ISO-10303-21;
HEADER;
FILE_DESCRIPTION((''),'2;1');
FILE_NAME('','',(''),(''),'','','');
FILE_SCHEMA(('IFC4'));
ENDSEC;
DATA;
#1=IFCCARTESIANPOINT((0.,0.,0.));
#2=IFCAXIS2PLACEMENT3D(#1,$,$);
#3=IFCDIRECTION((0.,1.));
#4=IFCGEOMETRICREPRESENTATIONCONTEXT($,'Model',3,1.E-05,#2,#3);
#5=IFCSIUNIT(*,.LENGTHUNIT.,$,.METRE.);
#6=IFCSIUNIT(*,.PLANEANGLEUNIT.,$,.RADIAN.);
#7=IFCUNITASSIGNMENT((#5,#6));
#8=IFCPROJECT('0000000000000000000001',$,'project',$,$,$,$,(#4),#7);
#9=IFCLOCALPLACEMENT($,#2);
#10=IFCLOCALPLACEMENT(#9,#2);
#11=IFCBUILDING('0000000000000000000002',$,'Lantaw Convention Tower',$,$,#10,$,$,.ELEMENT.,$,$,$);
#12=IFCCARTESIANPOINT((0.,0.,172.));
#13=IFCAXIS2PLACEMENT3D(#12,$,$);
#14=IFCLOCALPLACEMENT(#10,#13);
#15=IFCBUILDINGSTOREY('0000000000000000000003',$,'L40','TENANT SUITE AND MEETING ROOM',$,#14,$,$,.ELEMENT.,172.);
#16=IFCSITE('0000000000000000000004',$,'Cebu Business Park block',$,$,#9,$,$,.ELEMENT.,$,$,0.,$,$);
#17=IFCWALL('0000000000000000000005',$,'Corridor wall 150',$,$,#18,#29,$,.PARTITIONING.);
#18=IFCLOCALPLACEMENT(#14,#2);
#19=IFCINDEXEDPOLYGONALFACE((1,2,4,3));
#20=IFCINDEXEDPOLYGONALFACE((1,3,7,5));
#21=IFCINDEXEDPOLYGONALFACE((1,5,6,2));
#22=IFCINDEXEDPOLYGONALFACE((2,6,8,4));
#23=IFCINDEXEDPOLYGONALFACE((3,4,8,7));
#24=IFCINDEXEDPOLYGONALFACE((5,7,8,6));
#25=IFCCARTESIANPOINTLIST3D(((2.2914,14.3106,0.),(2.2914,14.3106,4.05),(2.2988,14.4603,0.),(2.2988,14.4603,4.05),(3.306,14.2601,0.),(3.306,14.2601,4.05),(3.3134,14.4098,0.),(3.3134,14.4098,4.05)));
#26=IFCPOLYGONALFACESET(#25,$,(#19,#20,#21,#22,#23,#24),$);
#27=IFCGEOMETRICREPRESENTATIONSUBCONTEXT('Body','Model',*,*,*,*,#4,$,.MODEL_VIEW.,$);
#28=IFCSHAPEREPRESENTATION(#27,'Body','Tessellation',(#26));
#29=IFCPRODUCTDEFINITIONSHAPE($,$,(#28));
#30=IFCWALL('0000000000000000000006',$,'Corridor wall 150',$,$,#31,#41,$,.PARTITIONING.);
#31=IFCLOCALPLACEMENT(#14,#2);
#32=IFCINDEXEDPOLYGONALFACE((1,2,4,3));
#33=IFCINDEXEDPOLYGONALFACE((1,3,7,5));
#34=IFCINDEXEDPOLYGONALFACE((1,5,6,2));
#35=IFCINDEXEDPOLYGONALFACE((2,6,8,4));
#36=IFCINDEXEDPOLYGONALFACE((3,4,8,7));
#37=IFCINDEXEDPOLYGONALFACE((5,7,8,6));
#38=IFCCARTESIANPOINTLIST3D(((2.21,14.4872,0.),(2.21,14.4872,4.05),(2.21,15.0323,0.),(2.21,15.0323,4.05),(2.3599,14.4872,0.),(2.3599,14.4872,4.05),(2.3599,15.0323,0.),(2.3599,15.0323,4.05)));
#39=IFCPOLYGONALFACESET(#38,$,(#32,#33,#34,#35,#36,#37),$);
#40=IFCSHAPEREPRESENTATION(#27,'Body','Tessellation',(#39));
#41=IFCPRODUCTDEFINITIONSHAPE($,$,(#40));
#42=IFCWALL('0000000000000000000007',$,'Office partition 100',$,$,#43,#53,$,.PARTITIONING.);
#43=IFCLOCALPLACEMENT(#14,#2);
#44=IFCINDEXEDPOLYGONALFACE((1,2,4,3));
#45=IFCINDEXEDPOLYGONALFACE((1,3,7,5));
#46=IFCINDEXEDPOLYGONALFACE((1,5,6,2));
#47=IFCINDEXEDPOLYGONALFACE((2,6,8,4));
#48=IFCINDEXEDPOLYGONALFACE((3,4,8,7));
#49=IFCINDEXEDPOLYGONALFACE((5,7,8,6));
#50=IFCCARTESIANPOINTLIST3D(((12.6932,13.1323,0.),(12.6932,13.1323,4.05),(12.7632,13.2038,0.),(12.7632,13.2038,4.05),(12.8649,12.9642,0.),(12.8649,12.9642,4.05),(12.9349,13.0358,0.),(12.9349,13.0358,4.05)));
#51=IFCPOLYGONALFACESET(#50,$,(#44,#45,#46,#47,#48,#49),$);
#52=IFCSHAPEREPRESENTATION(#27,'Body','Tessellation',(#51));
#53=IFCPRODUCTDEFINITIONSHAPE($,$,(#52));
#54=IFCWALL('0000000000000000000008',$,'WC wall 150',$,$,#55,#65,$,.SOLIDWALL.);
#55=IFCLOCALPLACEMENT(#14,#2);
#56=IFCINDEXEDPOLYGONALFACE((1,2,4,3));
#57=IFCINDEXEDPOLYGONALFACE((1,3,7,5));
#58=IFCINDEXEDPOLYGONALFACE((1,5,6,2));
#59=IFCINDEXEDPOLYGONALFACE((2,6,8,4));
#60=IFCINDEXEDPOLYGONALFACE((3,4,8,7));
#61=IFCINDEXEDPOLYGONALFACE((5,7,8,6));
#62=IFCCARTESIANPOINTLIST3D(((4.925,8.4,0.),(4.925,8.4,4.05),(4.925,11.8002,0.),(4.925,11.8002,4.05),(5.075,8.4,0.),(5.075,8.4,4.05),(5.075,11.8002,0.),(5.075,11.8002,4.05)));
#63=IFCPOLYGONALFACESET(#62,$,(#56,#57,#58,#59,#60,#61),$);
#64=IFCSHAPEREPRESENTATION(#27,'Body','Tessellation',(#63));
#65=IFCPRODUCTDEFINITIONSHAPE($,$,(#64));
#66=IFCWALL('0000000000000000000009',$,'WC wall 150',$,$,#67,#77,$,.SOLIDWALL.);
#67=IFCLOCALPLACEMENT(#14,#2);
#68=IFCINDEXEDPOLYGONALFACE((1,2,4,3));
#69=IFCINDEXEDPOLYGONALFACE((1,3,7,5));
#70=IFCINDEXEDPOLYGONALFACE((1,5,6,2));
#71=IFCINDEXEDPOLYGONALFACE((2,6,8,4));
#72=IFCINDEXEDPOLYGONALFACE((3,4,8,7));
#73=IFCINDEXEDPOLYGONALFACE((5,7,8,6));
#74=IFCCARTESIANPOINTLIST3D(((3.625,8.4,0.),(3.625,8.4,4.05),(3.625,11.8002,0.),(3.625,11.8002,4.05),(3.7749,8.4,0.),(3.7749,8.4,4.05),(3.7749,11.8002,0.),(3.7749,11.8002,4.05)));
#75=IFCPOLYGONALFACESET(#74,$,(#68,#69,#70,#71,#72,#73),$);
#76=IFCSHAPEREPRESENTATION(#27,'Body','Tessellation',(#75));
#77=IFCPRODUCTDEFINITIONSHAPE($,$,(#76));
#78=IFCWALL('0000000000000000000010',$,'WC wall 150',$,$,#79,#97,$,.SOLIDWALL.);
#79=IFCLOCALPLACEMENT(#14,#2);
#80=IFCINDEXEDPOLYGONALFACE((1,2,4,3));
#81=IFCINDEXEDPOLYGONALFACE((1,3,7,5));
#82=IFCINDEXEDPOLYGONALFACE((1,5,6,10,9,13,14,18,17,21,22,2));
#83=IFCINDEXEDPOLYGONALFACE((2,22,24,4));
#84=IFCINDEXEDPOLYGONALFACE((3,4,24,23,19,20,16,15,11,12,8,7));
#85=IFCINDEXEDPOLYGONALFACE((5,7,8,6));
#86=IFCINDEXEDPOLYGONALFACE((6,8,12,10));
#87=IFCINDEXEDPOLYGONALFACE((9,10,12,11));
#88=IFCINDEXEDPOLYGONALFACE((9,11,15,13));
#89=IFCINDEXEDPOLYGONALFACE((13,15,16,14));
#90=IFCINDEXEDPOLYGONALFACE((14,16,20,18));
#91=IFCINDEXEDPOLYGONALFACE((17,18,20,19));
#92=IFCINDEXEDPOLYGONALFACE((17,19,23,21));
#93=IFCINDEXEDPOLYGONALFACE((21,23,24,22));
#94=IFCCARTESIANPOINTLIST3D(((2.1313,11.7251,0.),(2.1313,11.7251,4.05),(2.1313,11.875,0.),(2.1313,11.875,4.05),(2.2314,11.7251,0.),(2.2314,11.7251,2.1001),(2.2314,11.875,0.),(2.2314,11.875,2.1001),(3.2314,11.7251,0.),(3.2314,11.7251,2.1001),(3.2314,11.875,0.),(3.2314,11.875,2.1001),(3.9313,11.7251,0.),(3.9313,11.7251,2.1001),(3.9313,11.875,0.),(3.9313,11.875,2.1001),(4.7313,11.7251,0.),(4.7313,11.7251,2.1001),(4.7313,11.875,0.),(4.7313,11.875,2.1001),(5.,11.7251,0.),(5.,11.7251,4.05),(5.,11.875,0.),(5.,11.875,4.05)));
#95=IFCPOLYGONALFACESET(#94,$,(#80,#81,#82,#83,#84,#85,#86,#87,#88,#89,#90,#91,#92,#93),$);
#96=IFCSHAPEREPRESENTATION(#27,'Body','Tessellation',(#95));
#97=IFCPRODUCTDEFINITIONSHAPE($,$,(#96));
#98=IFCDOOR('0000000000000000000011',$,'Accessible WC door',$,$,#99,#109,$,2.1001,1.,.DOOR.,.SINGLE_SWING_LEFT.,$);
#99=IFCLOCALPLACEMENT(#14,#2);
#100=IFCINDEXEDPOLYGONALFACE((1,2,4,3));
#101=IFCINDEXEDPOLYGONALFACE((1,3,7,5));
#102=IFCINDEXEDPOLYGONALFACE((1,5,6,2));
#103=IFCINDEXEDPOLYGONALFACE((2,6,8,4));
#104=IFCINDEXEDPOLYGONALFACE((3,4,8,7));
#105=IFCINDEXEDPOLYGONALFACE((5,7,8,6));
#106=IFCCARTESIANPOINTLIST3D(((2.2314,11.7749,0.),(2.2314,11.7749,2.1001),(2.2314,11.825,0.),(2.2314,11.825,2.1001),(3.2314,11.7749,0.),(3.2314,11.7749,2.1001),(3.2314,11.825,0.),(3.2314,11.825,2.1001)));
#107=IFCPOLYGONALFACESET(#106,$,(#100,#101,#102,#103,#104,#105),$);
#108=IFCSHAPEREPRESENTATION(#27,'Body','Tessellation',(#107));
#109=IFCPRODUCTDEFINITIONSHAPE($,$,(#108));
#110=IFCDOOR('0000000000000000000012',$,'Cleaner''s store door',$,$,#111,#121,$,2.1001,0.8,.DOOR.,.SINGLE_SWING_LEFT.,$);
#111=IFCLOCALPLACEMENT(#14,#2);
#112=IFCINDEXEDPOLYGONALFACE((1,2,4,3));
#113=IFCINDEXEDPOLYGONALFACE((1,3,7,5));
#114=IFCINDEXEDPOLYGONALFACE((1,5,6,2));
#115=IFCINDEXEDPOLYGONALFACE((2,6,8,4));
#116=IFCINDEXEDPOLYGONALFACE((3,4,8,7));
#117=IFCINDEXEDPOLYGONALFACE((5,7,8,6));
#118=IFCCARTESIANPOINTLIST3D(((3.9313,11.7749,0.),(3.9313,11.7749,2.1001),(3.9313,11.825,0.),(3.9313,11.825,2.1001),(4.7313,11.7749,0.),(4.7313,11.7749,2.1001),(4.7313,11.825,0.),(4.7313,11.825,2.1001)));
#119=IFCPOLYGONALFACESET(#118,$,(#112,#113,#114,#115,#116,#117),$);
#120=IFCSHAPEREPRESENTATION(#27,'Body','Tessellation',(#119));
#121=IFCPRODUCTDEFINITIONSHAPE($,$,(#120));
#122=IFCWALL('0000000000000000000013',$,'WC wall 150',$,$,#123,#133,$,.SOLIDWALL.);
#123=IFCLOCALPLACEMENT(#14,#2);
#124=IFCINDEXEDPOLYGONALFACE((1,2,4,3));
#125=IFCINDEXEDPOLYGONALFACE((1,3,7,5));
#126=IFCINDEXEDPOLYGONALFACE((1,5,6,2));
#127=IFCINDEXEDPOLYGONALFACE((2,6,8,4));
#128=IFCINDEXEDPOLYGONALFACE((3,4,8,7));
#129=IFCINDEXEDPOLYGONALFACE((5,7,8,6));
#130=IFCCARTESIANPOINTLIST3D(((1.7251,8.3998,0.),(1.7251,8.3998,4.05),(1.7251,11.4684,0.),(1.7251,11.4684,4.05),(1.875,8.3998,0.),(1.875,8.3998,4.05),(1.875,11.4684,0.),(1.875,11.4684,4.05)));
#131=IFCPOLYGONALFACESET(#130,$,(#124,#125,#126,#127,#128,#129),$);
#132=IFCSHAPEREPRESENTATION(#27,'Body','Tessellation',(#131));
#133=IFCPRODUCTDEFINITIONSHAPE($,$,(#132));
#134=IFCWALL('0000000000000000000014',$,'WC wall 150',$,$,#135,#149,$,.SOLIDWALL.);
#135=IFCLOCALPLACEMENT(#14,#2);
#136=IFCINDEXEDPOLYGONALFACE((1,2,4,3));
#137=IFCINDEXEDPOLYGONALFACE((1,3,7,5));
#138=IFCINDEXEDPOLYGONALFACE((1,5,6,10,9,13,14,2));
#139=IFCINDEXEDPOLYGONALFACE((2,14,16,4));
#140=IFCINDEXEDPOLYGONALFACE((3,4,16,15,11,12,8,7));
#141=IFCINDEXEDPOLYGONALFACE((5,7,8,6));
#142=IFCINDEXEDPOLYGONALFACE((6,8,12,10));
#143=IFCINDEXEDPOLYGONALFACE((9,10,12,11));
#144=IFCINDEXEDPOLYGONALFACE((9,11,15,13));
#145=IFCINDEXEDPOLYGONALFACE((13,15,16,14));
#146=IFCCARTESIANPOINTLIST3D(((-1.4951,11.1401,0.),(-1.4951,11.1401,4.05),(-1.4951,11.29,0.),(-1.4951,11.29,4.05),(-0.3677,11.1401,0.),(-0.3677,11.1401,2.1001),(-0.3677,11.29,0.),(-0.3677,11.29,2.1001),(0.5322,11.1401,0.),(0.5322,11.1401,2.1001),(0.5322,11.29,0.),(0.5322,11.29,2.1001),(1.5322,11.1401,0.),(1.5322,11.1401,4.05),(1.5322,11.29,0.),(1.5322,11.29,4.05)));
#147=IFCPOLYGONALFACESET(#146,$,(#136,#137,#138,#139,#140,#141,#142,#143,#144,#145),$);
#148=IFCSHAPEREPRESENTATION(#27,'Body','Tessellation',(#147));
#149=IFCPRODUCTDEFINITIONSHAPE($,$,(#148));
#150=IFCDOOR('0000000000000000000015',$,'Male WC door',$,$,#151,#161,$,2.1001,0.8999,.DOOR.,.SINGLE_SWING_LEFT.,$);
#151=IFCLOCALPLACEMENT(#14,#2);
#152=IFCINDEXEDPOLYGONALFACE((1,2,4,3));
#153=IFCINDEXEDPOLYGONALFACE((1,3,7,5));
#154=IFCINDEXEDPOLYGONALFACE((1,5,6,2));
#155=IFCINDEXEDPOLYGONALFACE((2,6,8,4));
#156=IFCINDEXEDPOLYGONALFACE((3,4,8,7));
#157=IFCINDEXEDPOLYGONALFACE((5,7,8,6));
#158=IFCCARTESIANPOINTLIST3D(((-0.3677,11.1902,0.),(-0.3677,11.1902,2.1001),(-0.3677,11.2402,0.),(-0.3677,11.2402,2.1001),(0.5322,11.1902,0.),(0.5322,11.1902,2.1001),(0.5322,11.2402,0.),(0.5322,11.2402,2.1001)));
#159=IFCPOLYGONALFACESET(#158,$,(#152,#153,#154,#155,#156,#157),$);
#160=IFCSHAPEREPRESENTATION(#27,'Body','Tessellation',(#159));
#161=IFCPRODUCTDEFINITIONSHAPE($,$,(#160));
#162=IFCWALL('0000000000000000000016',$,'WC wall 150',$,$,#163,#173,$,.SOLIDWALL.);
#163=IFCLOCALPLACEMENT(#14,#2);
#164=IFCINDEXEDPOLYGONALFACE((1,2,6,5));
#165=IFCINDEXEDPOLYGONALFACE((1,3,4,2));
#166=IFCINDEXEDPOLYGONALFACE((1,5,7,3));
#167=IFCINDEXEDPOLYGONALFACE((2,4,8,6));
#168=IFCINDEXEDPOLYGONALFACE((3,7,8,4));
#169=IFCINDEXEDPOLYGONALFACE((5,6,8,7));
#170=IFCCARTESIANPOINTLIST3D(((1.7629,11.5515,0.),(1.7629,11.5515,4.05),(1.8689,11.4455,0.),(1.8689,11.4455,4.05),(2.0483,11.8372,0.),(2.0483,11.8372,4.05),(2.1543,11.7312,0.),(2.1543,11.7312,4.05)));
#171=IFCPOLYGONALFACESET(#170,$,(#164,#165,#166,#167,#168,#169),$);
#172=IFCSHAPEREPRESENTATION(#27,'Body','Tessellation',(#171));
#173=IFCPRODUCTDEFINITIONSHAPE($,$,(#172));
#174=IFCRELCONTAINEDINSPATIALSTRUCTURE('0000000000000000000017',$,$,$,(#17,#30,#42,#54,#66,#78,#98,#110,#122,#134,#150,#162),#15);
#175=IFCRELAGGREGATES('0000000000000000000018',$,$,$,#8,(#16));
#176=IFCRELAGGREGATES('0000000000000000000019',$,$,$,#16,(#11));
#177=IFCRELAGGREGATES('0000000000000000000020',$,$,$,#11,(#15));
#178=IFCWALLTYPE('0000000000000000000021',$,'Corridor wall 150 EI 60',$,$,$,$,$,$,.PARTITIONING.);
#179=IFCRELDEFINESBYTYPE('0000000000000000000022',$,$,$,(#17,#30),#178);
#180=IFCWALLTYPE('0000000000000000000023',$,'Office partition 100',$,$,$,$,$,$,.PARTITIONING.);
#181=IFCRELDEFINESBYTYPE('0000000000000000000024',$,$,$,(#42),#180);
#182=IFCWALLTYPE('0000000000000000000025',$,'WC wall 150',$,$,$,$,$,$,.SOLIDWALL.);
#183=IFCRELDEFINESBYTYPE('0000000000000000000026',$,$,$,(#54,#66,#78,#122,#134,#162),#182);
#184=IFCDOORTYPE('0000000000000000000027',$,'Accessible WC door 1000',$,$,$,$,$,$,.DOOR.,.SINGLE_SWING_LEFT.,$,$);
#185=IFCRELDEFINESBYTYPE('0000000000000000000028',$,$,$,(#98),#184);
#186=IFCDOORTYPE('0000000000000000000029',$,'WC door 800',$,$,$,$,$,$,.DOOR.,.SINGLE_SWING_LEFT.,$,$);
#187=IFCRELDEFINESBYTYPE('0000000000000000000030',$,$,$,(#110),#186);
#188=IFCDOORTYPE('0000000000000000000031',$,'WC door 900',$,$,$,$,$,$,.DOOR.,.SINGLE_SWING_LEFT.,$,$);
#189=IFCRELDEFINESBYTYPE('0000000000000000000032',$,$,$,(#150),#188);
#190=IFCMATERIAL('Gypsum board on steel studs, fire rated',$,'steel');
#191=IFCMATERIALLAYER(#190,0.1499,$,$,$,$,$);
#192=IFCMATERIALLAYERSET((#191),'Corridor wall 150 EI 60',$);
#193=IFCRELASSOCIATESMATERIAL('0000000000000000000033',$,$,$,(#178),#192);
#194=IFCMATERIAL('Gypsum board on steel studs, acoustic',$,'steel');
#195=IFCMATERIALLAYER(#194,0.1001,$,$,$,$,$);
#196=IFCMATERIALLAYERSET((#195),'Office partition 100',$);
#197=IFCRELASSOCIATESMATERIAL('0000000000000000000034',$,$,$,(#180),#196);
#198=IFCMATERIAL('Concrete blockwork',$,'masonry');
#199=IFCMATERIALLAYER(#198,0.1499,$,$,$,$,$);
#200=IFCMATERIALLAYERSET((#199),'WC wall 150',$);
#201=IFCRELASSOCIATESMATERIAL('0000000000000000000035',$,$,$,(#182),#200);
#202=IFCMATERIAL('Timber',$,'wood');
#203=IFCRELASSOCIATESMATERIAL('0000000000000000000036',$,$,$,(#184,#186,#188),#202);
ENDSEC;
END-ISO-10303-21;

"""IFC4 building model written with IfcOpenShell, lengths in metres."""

from ifc_helpers import new_model, si_unit, direction, frame, frame_2d, origin, place, context, subcontext, project, spatial, rectangle, extrude, material, layer, layer_set, type_object, element, fill, save


model = new_model("IFC4")

# Units and contexts
model_context = context("Model", 3, precision=1e-05, world=origin(), true_north=direction((0.0, 1.0)))
body_context = subcontext(model_context, "Body", "Model", "MODEL_VIEW")
ifc_project = project(units=[si_unit("LENGTHUNIT", "METRE"), si_unit("PLANEANGLEUNIT", "RADIAN")], contexts=[model_context])

# Site, building, storey
site_placement = place(None, origin())
site = spatial("IfcSite", under=ifc_project, at=site_placement, Name="Cebu Business Park block", CompositionType="ELEMENT", RefElevation=0.0)
building_placement = place(site_placement, origin())
building = spatial("IfcBuilding", under=site, at=building_placement, Name="Lantaw Convention Tower", CompositionType="ELEMENT")
storey_placement = place(building_placement, frame((0.0, 0.0, 172.0)))
storey = spatial("IfcBuildingStorey", under=building, at=storey_placement, Name="L40", Description="TENANT SUITE AND MEETING ROOM", CompositionType="ELEMENT", Elevation=172.0)

# Shared definitions
ifc_material_1 = material(Name="Gypsum board on steel studs, fire rated", Category="steel")
ifc_layer_1 = layer(ifc_material_1, 0.1499)
ifc_layer_set_1 = layer_set([ifc_layer_1], Name="Corridor wall 150 EI 60")
wall_type_1 = type_object("IfcWallType", Name="Corridor wall 150 EI 60", PredefinedType="PARTITIONING", material=ifc_layer_set_1)

# Walls
wall_1_placement = place(storey_placement, frame((3.3096, 14.335, 0.0), z_axis=(0.0, 0.0, 1.0), x_axis=(-0.998762, 0.049746, 0.0)))
element("IfcWall", 1, at=wall_1_placement, inside=storey, type_object=wall_type_1, Name="Corridor wall 150", PredefinedType="PARTITIONING", context=body_context, shape_type="SweptSolid", body=[
    extrude(rectangle(XDim=1.0159, YDim=0.1499, at=frame_2d((0.5078, 0.0))), origin(), (0.0, 0.0, 1.0), 4.05),
])
wall_2_placement = place(storey_placement, frame((2.2849, 15.0322, 0.0), z_axis=(0.0, 0.0, 1.0), x_axis=(0.0, -1.0, 0.0)))
element("IfcWall", 2, at=wall_2_placement, inside=storey, type_object=wall_type_1, Name="Corridor wall 150", PredefinedType="PARTITIONING", context=body_context, shape_type="SweptSolid", body=[
    extrude(rectangle(XDim=0.5452, YDim=0.1499, at=frame_2d((0.2725, 0.0))), origin(), (0.0, 0.0, 1.0), 4.05),
])
ifc_material_2 = material(Name="Gypsum board on steel studs, acoustic", Category="steel")
ifc_layer_2 = layer(ifc_material_2, 0.1001)
ifc_layer_set_2 = layer_set([ifc_layer_2], Name="Office partition 100")
wall_type_2 = type_object("IfcWallType", Name="Office partition 100", PredefinedType="PARTITIONING", material=ifc_layer_set_2)
wall_3_placement = place(storey_placement, frame((12.8999, 13.0, 0.0), z_axis=(0.0, 0.0, 1.0), x_axis=(-0.71469, 0.699441, 0.0)))
element("IfcWall", 3, at=wall_3_placement, inside=storey, type_object=wall_type_2, Name="Office partition 100", PredefinedType="PARTITIONING", context=body_context, shape_type="SweptSolid", body=[
    extrude(rectangle(XDim=0.2402, YDim=0.1001, at=frame_2d((0.1201, 0.0))), origin(), (0.0, 0.0, 1.0), 4.05),
])
ifc_material_3 = material(Name="Concrete blockwork", Category="masonry")
ifc_layer_3 = layer(ifc_material_3, 0.1499)
ifc_layer_set_3 = layer_set([ifc_layer_3], Name="WC wall 150")
wall_type_3 = type_object("IfcWallType", Name="WC wall 150", PredefinedType="SOLIDWALL", material=ifc_layer_set_3)
for number, where, z_axis, x_axis, name in (
    (4, (5.0, 8.3999, 0.0), (0.0, 0.0, 1.0), (0.0, 1.0, 0.0), "WC wall 150"),
    (5, (3.7, 8.3999, 0.0), (0.0, 0.0, 1.0), (0.0, 1.0, 0.0), "WC wall 150"),
):
    element("IfcWall", number, at=place(storey_placement, frame(where, z_axis=z_axis, x_axis=x_axis)), inside=storey, type_object=wall_type_3, Name=name, PredefinedType="SOLIDWALL", context=body_context, shape_type="SweptSolid", body=[
        extrude(rectangle(XDim=3.4001, YDim=0.1499, at=frame_2d((1.7002, 0.0))), origin(), (0.0, 0.0, 1.0), 4.05),
    ])

# Wall, openings, doors
wall_4_placement = place(storey_placement, frame((2.1313, 11.8, 0.0), z_axis=(0.0, 0.0, 1.0), x_axis=(1.0, 0.0, 0.0)))
wall_4 = element("IfcWall", 6, at=wall_4_placement, inside=storey, type_object=wall_type_3, Name="WC wall 150", PredefinedType="SOLIDWALL", context=body_context, shape_type="SweptSolid", body=[
    extrude(rectangle(XDim=2.8687, YDim=0.1499, at=frame_2d((1.4343, 0.0))), origin(), (0.0, 0.0, 1.0), 4.05),
])
opening_1_placement = place(wall_4_placement, frame((0.1001, 0.0, 0.0)))
opening_1 = element("IfcOpeningElement", 7, at=opening_1_placement, cuts=wall_4, PredefinedType="OPENING", context=body_context, shape_type="SweptSolid", body=[
    extrude(rectangle(XDim=1.0, YDim=2.1001, at=frame_2d((0.5, 1.05))), frame((0.0, 0.085, 0.0), z_axis=(0.0, -1.0, 0.0), x_axis=(1.0, 0.0, 0.0)), (0.0, 0.0, 1.0), 0.1699),
])
opening_2_placement = place(wall_4_placement, frame((1.8, 0.0, 0.0)))
opening_2 = element("IfcOpeningElement", 8, at=opening_2_placement, cuts=wall_4, PredefinedType="OPENING", context=body_context, shape_type="SweptSolid", body=[
    extrude(rectangle(XDim=0.8, YDim=2.1001, at=frame_2d((0.3999, 1.05))), frame((0.0, 0.085, 0.0), z_axis=(0.0, -1.0, 0.0), x_axis=(1.0, 0.0, 0.0)), (0.0, 0.0, 1.0), 0.1699),
])
ifc_material_4 = material(Name="Timber", Category="wood")
door_type_1 = type_object("IfcDoorType", Name="Accessible WC door 1000", OperationType="SINGLE_SWING_LEFT", PredefinedType="DOOR", material=ifc_material_4)
door_1_placement = place(opening_1_placement, origin())
door_1 = element("IfcDoor", 9, at=door_1_placement, inside=storey, type_object=door_type_1, Name="Accessible WC door", OperationType="SINGLE_SWING_LEFT", OverallHeight=2.1001, OverallWidth=1.0, PredefinedType="DOOR", context=body_context, shape_type="SweptSolid", body=[
    extrude(rectangle(XDim=1.0, YDim=2.1001, at=frame_2d((0.5, 1.05))), frame((0.0, 0.0249, 0.0), z_axis=(0.0, -1.0, 0.0), x_axis=(1.0, 0.0, 0.0)), (0.0, 0.0, 1.0), 0.05),
])
fill(opening_1, door_1)
door_type_2 = type_object("IfcDoorType", Name="WC door 800", OperationType="SINGLE_SWING_LEFT", PredefinedType="DOOR", material=ifc_material_4)
door_2_placement = place(opening_2_placement, origin())
door_2 = element("IfcDoor", 10, at=door_2_placement, inside=storey, type_object=door_type_2, Name="Cleaner's store door", OperationType="SINGLE_SWING_LEFT", OverallHeight=2.1001, OverallWidth=0.8, PredefinedType="DOOR", context=body_context, shape_type="SweptSolid", body=[
    extrude(rectangle(XDim=0.8, YDim=2.1001, at=frame_2d((0.3999, 1.05))), frame((0.0, 0.0249, 0.0), z_axis=(0.0, -1.0, 0.0), x_axis=(1.0, 0.0, 0.0)), (0.0, 0.0, 1.0), 0.05),
])
fill(opening_2, door_2)

# Wall
wall_5_placement = place(storey_placement, frame((1.8, 8.3999, 0.0), z_axis=(0.0, 0.0, 1.0), x_axis=(0.0, 1.0, 0.0)))
element("IfcWall", 11, at=wall_5_placement, inside=storey, type_object=wall_type_3, Name="WC wall 150", PredefinedType="SOLIDWALL", context=body_context, shape_type="SweptSolid", body=[
    extrude(rectangle(XDim=3.0686, YDim=0.1499, at=frame_2d((1.5342, 0.0))), origin(), (0.0, 0.0, 1.0), 4.05),
])

# Wall, opening, door
wall_6_placement = place(storey_placement, frame((1.5322, 11.2151, 0.0), z_axis=(0.0, 0.0, 1.0), x_axis=(-1.0, 0.0, 0.0)))
wall_6 = element("IfcWall", 12, at=wall_6_placement, inside=storey, type_object=wall_type_3, Name="WC wall 150", PredefinedType="SOLIDWALL", context=body_context, shape_type="SweptSolid", body=[
    extrude(rectangle(XDim=3.0273, YDim=0.1499, at=frame_2d((1.5137, 0.0))), origin(), (0.0, 0.0, 1.0), 4.05),
])
opening_3_placement = place(wall_6_placement, frame((1.0, 0.0, 0.0)))
opening_3 = element("IfcOpeningElement", 13, at=opening_3_placement, cuts=wall_6, PredefinedType="OPENING", context=body_context, shape_type="SweptSolid", body=[
    extrude(rectangle(XDim=0.8999, YDim=2.1001, at=frame_2d((0.45, 1.05))), frame((0.0, 0.085, 0.0), z_axis=(0.0, -1.0, 0.0), x_axis=(1.0, 0.0, 0.0)), (0.0, 0.0, 1.0), 0.1699),
])
door_type_3 = type_object("IfcDoorType", Name="WC door 900", OperationType="SINGLE_SWING_LEFT", PredefinedType="DOOR", material=ifc_material_4)
door_3_placement = place(opening_3_placement, origin())
door_3 = element("IfcDoor", 14, at=door_3_placement, inside=storey, type_object=door_type_3, Name="Male WC door", OperationType="SINGLE_SWING_LEFT", OverallHeight=2.1001, OverallWidth=0.8999, PredefinedType="DOOR", context=body_context, shape_type="SweptSolid", body=[
    extrude(rectangle(XDim=0.8999, YDim=2.1001, at=frame_2d((0.45, 1.05))), frame((0.0, 0.0249, 0.0), z_axis=(0.0, -1.0, 0.0), x_axis=(1.0, 0.0, 0.0)), (0.0, 0.0, 1.0), 0.05),
])
fill(opening_3, door_3)

# Wall
wall_7_placement = place(storey_placement, frame((2.1013, 11.7842, 0.0), z_axis=(0.0, 0.0, 1.0), x_axis=(-0.706804, -0.707409, 0.0)))
element("IfcWall", 15, at=wall_7_placement, inside=storey, type_object=wall_type_3, Name="WC wall 150", PredefinedType="SOLIDWALL", context=body_context, shape_type="SweptSolid", body=[
    extrude(rectangle(XDim=0.4038, YDim=0.1499, at=frame_2d((0.2019, 0.0))), origin(), (0.0, 0.0, 1.0), 4.05),
])

save(model, "model.ifc")
